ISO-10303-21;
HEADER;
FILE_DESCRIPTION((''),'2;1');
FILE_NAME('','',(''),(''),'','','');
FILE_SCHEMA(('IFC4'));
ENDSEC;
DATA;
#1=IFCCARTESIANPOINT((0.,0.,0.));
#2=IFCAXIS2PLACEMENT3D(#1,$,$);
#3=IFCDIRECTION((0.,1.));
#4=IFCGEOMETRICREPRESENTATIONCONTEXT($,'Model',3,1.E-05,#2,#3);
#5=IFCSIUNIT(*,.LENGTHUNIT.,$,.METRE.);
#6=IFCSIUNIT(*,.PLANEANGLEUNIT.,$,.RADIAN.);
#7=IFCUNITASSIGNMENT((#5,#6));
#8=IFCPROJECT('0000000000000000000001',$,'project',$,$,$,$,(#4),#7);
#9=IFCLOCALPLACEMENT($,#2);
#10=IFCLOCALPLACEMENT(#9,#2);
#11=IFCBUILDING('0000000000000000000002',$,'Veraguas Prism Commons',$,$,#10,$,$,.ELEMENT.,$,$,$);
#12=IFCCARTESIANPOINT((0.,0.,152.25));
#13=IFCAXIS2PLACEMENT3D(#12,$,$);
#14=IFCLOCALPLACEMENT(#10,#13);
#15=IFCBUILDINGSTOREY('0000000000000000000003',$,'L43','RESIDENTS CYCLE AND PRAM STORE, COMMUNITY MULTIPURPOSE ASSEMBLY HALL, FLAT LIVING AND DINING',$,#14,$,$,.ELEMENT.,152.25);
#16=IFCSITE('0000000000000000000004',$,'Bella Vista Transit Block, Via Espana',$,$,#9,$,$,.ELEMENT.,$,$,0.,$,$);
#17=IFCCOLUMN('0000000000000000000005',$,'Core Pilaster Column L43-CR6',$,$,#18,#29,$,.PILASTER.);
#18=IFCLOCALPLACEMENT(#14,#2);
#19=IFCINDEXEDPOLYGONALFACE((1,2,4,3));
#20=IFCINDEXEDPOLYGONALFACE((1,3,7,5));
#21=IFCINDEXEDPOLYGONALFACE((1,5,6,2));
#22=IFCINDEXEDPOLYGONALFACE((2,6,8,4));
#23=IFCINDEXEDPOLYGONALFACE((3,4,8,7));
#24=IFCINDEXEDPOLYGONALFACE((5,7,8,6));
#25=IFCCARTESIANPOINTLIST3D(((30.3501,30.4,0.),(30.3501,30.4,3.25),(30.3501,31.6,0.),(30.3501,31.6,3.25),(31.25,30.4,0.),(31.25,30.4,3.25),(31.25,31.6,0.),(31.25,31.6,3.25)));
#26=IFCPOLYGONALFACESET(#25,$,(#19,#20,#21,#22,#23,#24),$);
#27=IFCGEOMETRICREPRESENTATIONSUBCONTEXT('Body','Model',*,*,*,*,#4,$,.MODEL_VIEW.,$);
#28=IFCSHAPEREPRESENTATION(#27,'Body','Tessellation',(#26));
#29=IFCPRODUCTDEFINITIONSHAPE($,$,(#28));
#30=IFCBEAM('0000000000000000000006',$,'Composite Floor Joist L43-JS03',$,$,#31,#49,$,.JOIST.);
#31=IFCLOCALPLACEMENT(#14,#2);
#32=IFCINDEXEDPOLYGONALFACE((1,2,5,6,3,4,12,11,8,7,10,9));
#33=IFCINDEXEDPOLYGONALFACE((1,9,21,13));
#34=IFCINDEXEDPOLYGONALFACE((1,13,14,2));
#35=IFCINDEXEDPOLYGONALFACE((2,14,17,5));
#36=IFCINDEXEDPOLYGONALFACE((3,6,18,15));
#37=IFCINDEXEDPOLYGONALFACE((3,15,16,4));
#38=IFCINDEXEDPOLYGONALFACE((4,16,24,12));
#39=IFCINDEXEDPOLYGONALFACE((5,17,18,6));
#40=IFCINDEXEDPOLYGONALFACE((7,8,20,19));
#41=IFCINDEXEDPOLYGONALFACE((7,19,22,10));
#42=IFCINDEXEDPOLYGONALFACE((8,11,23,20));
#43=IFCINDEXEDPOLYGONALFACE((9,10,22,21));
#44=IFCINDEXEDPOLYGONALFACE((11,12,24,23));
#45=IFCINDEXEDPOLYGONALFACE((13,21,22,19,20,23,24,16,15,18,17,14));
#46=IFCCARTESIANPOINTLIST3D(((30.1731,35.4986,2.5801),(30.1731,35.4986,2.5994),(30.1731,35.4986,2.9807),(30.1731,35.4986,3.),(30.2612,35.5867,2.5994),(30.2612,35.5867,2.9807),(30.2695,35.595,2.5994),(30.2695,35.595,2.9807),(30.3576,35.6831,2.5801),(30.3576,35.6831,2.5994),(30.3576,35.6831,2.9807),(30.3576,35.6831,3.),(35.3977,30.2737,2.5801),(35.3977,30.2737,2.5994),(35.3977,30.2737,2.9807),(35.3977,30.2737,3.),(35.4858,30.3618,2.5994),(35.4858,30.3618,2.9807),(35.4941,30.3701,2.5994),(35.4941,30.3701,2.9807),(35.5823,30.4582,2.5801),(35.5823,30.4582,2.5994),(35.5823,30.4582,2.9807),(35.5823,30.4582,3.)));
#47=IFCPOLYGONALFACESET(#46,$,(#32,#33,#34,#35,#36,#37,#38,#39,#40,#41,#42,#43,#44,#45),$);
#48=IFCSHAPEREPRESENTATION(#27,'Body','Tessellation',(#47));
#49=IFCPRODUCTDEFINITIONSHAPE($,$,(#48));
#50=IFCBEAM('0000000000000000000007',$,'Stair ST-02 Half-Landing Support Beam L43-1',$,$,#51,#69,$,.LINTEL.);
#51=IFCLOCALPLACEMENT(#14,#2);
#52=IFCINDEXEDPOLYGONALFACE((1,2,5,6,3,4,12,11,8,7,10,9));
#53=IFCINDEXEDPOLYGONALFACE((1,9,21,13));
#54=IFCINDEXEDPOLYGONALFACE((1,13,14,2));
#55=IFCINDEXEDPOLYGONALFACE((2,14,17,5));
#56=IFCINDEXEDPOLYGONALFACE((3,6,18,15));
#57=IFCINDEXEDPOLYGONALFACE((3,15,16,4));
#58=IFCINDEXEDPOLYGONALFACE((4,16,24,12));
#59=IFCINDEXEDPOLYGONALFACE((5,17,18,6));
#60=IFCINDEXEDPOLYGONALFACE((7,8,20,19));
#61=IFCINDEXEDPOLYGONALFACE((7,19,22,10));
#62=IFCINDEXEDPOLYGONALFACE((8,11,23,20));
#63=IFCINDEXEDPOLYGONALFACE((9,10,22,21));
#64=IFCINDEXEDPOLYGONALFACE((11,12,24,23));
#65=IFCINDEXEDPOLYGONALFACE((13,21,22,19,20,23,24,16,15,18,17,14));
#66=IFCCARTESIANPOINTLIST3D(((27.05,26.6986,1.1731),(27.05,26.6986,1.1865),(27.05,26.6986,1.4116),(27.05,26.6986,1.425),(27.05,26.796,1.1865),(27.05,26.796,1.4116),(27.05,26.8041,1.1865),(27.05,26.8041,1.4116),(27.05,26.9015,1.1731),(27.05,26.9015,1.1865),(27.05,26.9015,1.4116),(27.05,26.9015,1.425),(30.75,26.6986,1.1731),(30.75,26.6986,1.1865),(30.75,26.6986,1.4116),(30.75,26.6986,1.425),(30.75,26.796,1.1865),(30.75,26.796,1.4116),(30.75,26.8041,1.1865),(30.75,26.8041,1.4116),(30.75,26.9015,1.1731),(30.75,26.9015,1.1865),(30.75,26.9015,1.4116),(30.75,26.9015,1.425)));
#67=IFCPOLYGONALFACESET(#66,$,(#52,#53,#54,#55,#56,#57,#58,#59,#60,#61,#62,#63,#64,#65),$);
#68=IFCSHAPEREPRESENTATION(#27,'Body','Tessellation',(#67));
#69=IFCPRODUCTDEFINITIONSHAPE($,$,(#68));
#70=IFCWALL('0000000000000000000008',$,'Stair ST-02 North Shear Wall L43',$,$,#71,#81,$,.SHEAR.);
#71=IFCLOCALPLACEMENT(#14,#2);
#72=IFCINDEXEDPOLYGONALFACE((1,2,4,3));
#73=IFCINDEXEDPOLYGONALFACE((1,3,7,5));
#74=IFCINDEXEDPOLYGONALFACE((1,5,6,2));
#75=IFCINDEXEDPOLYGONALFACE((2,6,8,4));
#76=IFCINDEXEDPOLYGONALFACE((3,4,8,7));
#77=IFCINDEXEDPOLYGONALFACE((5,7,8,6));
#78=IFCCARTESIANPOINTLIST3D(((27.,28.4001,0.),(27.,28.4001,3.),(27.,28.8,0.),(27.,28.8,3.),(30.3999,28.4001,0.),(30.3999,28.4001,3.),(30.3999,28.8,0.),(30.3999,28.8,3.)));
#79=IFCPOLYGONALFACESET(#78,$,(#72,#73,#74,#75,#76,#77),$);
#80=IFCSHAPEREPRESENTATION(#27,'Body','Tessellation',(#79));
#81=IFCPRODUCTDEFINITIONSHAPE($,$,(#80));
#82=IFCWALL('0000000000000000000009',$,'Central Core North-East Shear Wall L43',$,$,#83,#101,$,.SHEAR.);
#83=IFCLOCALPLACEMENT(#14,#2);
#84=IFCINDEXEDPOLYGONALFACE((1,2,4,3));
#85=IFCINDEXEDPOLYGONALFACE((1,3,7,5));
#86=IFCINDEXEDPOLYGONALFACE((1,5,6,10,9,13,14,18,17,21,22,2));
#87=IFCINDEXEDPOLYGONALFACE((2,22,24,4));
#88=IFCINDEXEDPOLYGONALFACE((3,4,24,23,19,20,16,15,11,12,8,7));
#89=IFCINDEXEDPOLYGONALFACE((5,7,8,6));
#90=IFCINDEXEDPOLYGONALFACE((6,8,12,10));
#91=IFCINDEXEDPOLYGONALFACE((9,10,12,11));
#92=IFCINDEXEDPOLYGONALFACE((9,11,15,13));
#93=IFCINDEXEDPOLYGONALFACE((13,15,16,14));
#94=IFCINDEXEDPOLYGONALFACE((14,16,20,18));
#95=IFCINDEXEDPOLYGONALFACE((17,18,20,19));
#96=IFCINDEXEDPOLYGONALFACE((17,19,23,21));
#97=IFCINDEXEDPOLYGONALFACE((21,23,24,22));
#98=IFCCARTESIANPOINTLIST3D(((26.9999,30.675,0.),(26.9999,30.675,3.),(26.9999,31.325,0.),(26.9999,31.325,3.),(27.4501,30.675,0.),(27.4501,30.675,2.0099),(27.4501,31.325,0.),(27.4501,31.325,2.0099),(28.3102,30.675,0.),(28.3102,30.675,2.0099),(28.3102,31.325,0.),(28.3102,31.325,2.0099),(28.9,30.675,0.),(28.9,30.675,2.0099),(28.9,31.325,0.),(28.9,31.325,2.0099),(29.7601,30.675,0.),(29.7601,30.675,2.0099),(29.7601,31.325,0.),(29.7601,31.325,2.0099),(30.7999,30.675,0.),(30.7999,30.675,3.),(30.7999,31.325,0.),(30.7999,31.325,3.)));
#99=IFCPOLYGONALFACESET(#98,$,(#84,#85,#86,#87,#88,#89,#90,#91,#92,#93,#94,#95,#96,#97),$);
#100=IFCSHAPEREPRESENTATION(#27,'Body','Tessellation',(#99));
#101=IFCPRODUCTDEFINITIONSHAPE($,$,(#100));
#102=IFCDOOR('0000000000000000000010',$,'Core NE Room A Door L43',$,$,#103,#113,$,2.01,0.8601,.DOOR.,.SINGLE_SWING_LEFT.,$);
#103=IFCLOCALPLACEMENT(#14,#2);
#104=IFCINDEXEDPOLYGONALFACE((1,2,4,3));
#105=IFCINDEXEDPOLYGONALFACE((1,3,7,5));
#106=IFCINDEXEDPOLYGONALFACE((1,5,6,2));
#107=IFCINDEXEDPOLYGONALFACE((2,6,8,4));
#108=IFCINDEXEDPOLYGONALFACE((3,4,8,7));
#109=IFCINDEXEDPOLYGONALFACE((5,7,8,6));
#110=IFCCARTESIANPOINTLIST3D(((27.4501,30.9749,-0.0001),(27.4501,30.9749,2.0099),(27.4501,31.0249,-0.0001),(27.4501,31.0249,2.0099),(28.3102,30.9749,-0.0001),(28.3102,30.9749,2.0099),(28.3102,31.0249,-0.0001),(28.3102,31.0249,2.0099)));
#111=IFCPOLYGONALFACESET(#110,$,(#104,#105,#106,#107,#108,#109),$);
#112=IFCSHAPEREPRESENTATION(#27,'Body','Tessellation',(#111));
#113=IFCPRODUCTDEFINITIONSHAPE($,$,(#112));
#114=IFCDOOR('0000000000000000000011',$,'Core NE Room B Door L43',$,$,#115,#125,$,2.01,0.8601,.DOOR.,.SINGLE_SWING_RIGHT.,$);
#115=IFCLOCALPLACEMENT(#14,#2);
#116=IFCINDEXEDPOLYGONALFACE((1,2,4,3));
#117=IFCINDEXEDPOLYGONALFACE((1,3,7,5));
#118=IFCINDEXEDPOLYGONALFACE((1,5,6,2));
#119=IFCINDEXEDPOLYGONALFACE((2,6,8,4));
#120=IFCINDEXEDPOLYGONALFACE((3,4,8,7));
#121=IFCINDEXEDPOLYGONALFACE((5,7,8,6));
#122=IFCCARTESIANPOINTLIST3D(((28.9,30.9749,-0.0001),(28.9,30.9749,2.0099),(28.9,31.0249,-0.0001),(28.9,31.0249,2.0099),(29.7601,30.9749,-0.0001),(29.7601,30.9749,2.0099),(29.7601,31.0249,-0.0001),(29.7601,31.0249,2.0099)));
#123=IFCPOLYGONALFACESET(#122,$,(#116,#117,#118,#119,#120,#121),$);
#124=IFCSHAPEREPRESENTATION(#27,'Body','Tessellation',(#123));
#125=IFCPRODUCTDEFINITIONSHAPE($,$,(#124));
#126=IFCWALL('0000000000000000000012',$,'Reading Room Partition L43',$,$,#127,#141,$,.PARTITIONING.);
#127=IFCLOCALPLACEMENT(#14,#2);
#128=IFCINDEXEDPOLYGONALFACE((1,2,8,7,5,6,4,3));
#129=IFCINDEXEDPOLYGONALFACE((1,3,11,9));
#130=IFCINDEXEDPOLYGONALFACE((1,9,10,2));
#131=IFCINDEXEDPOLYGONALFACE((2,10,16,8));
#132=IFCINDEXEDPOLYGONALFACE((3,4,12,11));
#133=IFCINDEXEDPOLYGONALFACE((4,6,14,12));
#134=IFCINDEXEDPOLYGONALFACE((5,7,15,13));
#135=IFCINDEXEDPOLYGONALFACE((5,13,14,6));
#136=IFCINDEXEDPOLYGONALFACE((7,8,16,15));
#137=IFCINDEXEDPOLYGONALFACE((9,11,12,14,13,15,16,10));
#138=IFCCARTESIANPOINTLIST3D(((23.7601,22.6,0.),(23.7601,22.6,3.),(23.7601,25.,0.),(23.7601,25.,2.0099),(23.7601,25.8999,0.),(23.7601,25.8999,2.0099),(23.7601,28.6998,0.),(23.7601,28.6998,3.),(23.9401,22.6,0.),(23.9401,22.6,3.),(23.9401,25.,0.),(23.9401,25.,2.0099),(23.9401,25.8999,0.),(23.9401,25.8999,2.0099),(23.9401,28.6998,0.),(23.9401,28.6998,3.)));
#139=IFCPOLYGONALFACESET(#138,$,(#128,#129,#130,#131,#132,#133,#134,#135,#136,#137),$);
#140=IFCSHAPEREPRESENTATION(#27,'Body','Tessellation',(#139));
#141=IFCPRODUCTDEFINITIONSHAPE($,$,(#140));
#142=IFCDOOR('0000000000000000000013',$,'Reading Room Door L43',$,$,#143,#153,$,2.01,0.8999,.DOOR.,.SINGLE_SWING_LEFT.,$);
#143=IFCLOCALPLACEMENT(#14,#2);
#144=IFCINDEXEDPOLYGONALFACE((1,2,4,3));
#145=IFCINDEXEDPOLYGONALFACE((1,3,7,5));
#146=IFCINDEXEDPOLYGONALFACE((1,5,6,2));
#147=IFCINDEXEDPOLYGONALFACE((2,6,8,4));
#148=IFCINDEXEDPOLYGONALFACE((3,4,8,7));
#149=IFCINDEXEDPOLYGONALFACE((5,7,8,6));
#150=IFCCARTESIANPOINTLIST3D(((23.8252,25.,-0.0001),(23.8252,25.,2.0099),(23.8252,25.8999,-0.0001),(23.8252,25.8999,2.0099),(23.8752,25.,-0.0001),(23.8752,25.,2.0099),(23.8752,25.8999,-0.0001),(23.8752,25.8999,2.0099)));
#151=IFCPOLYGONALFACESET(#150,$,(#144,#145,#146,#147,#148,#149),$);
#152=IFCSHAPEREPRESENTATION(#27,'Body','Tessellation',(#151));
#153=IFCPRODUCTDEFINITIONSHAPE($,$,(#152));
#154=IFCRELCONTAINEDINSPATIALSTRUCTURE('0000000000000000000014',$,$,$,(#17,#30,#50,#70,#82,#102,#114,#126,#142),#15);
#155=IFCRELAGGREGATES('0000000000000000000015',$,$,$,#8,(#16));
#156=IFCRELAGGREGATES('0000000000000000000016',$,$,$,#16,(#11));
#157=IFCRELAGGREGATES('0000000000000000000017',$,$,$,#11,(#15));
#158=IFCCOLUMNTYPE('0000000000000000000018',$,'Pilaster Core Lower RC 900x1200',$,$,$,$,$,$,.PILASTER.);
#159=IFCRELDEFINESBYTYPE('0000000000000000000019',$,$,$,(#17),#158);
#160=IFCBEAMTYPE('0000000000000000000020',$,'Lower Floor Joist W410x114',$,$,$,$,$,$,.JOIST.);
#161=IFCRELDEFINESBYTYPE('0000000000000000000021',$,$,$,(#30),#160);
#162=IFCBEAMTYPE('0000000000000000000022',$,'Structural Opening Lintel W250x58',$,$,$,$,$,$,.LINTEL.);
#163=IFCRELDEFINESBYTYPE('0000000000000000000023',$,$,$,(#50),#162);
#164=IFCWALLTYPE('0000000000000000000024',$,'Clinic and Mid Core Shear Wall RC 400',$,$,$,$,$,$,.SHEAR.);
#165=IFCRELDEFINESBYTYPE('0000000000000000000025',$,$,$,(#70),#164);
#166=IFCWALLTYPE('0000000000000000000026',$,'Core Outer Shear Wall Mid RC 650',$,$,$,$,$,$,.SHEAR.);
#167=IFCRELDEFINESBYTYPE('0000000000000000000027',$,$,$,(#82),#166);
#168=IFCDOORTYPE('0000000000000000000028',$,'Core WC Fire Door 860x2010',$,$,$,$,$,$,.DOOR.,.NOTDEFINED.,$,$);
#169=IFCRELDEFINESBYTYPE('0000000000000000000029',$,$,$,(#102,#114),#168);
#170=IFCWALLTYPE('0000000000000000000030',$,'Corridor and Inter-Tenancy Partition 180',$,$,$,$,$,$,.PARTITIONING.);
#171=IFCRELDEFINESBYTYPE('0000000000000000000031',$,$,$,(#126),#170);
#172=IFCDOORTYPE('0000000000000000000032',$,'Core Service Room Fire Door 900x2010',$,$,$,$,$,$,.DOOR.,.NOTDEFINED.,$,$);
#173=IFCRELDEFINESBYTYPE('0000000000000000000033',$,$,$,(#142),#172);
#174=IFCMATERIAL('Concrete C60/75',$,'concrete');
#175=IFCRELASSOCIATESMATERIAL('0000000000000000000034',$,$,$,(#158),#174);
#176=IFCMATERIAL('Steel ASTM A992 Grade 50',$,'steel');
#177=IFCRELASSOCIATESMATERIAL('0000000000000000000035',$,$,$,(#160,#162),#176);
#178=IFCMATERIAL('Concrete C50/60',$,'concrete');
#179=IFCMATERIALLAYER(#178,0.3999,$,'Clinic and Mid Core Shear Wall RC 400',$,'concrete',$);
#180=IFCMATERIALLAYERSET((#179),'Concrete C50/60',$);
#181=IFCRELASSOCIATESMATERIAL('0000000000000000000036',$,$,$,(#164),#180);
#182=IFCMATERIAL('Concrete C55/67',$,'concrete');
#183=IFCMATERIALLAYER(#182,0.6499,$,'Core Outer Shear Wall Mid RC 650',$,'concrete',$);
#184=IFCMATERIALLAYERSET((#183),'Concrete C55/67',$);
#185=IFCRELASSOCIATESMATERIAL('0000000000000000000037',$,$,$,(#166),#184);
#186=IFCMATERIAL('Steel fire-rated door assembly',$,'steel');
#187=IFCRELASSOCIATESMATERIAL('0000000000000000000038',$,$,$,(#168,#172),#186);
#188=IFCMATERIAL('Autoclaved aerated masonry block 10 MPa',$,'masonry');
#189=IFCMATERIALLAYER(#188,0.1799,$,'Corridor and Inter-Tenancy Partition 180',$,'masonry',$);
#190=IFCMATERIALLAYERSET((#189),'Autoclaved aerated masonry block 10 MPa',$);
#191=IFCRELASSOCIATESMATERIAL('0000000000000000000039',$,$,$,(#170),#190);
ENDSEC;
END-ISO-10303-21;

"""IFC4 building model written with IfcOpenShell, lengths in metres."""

from ifc_helpers import new_model, si_unit, direction, frame, frame_2d, origin, origin_2d, place, context, subcontext, project, spatial, rectangle, i_section, extrude, source, transform, mapped, material, layer, layer_set, material_profile, profile_set, type_object, element, fill, save


model = new_model("IFC4")

# Units and contexts
model_context = context("Model", 3, precision=1e-05, world=origin(), true_north=direction((0.0, 1.0)))
body_context = subcontext(model_context, "Body", "Model", "MODEL_VIEW")
ifc_project = project(units=[si_unit("LENGTHUNIT", "METRE"), si_unit("PLANEANGLEUNIT", "RADIAN")], contexts=[model_context])

# Site, building, storey
site_placement = place(None, origin())
site = spatial("IfcSite", under=ifc_project, at=site_placement, Name="Bella Vista Transit Block, Via Espana", CompositionType="ELEMENT", RefElevation=0.0)
building_placement = place(site_placement, origin())
building = spatial("IfcBuilding", under=site, at=building_placement, Name="Veraguas Prism Commons", CompositionType="ELEMENT")
storey_placement = place(building_placement, frame((0.0, 0.0, 152.25)))
storey = spatial("IfcBuildingStorey", under=building, at=storey_placement, Name="L43", Description="RESIDENTS CYCLE AND PRAM STORE, COMMUNITY MULTIPURPOSE ASSEMBLY HALL, FLAT LIVING AND DINING", CompositionType="ELEMENT", Elevation=152.25)

# Column
ifc_material_1 = material(Name="Concrete C60/75", Category="concrete")
ifc_material_profile_1 = material_profile(ifc_material_1, rectangle(XDim=0.8999, YDim=1.2, at=origin_2d()), Name="RC900X1200")
ifc_profile_set_1 = profile_set([ifc_material_profile_1], Name="Concrete C60/75")
column_type = type_object("IfcColumnType", Name="Pilaster Core Lower RC 900x1200", PredefinedType="PILASTER", material=ifc_profile_set_1)
column_placement = place(storey_placement, frame((30.8, 31.0, 0.0), z_axis=(0.0, 0.0, 1.0), x_axis=(1.0, 0.0, 0.0)))
element("IfcColumn", 1, at=column_placement, inside=storey, type_object=column_type, Name="Core Pilaster Column L43-CR6", PredefinedType="PILASTER", context=body_context, shape_type="SweptSolid", body=[
    extrude(rectangle(XDim=0.8999, YDim=1.2, at=origin_2d()), origin(), (0.0, 0.0, 1.0), 3.25),
])

# Beams
ifc_material_2 = material(Name="Steel ASTM A992 Grade 50", Category="steel")
ifc_material_profile_2 = material_profile(ifc_material_2, i_section(OverallWidth=0.261, OverallDepth=0.4199, WebThickness=0.0117, FlangeThickness=0.0193, at=origin_2d()), Name="W410X114")
ifc_profile_set_2 = profile_set([ifc_material_profile_2], Name="Steel ASTM A992 Grade 50")
beam_type_1 = type_object("IfcBeamType", Name="Lower Floor Joist W410x114", PredefinedType="JOIST", material=ifc_profile_set_2)
beam_1_placement = place(storey_placement, frame((35.49, 30.366, 2.79), z_axis=(-0.70709, 0.707123, 0.0), x_axis=(-0.707123, -0.70709, 0.0)))
element("IfcBeam", 2, at=beam_1_placement, inside=storey, type_object=beam_type_1, Name="Composite Floor Joist L43-JS03", PredefinedType="JOIST", context=body_context, shape_type="SweptSolid", body=[
    extrude(i_section(OverallWidth=0.261, OverallDepth=0.4199, WebThickness=0.0117, FlangeThickness=0.0193, at=origin_2d()), origin(), (0.0, 0.0, 1.0), 7.3889),
])
ifc_material_profile_3 = material_profile(ifc_material_2, i_section(OverallWidth=0.2029, OverallDepth=0.252, WebThickness=0.0081, FlangeThickness=0.0134, at=origin_2d()), Name="W250X58")
ifc_profile_set_3 = profile_set([ifc_material_profile_3], Name="Steel ASTM A992 Grade 50")
beam_type_2 = type_object("IfcBeamType", Name="Structural Opening Lintel W250x58", PredefinedType="LINTEL", material=ifc_profile_set_3)
beam_2_placement = place(storey_placement, frame((27.05, 26.8, 1.2991), z_axis=(1.0, 0.0, 0.0), x_axis=(0.0, 1.0, 0.0)))
element("IfcBeam", 3, at=beam_2_placement, inside=storey, type_object=beam_type_2, Name="Stair ST-02 Half-Landing Support Beam L43-1", PredefinedType="LINTEL", context=body_context, shape_type="SweptSolid", body=[
    extrude(i_section(OverallWidth=0.2029, OverallDepth=0.252, WebThickness=0.0081, FlangeThickness=0.0134, at=origin_2d()), origin(), (0.0, 0.0, 1.0), 3.7),
])

# Wall
ifc_material_3 = material(Name="Concrete C50/60", Category="concrete")
ifc_layer_1 = layer(ifc_material_3, 0.3999, Name="Clinic and Mid Core Shear Wall RC 400", Category="concrete")
ifc_layer_set_1 = layer_set([ifc_layer_1], Name="Concrete C50/60")
wall_type_1 = type_object("IfcWallType", Name="Clinic and Mid Core Shear Wall RC 400", PredefinedType="SHEAR", material=ifc_layer_set_1)
wall_1_placement = place(storey_placement, frame((27.0, 28.6001, 0.0), z_axis=(0.0, 0.0, 1.0), x_axis=(1.0, 0.0, 0.0)))
element("IfcWall", 4, at=wall_1_placement, inside=storey, type_object=wall_type_1, Name="Stair ST-02 North Shear Wall L43", PredefinedType="SHEAR", context=body_context, shape_type="SweptSolid", body=[
    extrude(rectangle(XDim=3.3999, YDim=0.3999, at=frame_2d((1.7, 0.0))), origin(), (0.0, 0.0, 1.0), 3.0),
])

# Wall, openings, doors
ifc_material_4 = material(Name="Concrete C55/67", Category="concrete")
ifc_layer_2 = layer(ifc_material_4, 0.6499, Name="Core Outer Shear Wall Mid RC 650", Category="concrete")
ifc_layer_set_2 = layer_set([ifc_layer_2], Name="Concrete C55/67")
wall_type_2 = type_object("IfcWallType", Name="Core Outer Shear Wall Mid RC 650", PredefinedType="SHEAR", material=ifc_layer_set_2)
wall_2_placement = place(storey_placement, frame((27.0, 31.0, 0.0), z_axis=(0.0, 0.0, 1.0), x_axis=(1.0, 0.0, 0.0)))
wall_2 = element("IfcWall", 5, at=wall_2_placement, inside=storey, type_object=wall_type_2, Name="Central Core North-East Shear Wall L43", PredefinedType="SHEAR", context=body_context, shape_type="SweptSolid", body=[
    extrude(rectangle(XDim=3.8, YDim=0.6499, at=frame_2d((1.8999, 0.0))), origin(), (0.0, 0.0, 1.0), 3.0),
])
opening_1_placement = place(wall_2_placement, frame((0.45, 0.0, 0.0)))
opening_1 = element("IfcOpeningElement", 6, at=opening_1_placement, cuts=wall_2, PredefinedType="OPENING", context=body_context, shape_type="SweptSolid", body=[
    extrude(rectangle(XDim=0.8601, YDim=2.01, at=frame_2d((0.4302, 1.0049))), frame((0.0, 0.335, 0.0), z_axis=(0.0, -1.0, 0.0), x_axis=(1.0, 0.0, 0.0)), (0.0, 0.0, 1.0), 0.6699),
])
opening_2_placement = place(wall_2_placement, frame((1.8999, 0.0, 0.0)))
opening_2 = element("IfcOpeningElement", 7, at=opening_2_placement, cuts=wall_2, PredefinedType="OPENING", context=body_context, shape_type="SweptSolid", body=[
    extrude(rectangle(XDim=0.8601, YDim=2.01, at=frame_2d((0.4302, 1.0049))), frame((0.0, 0.335, 0.0), z_axis=(0.0, -1.0, 0.0), x_axis=(1.0, 0.0, 0.0)), (0.0, 0.0, 1.0), 0.6699),
])
ifc_material_5 = material(Name="Steel fire-rated door assembly", Category="steel")
door_type_1 = type_object("IfcDoorType", Name="Core WC Fire Door 860x2010", OperationType="NOTDEFINED", PredefinedType="DOOR", material=ifc_material_5)
shared_shape_1 = source(origin(), body_context, "Body", "SweptSolid", [
    extrude(rectangle(XDim=0.8601, YDim=2.01, at=frame_2d((0.4302, 1.0049))), frame((0.0, 0.0249, 0.0), z_axis=(0.0, -1.0, 0.0), x_axis=(1.0, 0.0, 0.0)), (0.0, 0.0, 1.0), 0.05),
])
door_1_placement = place(opening_1_placement, origin())
door_1 = element("IfcDoor", 8, at=door_1_placement, inside=storey, type_object=door_type_1, Name="Core NE Room A Door L43", OperationType="SINGLE_SWING_LEFT", OverallHeight=2.01, OverallWidth=0.8601, PredefinedType="DOOR", context=body_context, shape_type="MappedRepresentation", body=[
    mapped(shared_shape_1, transform((0.0, 0.0, 0.0), scale=1.0)),
])
fill(opening_1, door_1)
door_2_placement = place(opening_2_placement, origin())
door_2 = element("IfcDoor", 9, at=door_2_placement, inside=storey, type_object=door_type_1, Name="Core NE Room B Door L43", OperationType="SINGLE_SWING_RIGHT", OverallHeight=2.01, OverallWidth=0.8601, PredefinedType="DOOR", context=body_context, shape_type="MappedRepresentation", body=[
    mapped(shared_shape_1, transform((0.0, 0.0, 0.0), scale=1.0)),
])
fill(opening_2, door_2)

# Wall, opening, door
ifc_material_6 = material(Name="Autoclaved aerated masonry block 10 MPa", Category="masonry")
ifc_layer_3 = layer(ifc_material_6, 0.1799, Name="Corridor and Inter-Tenancy Partition 180", Category="masonry")
ifc_layer_set_3 = layer_set([ifc_layer_3], Name="Autoclaved aerated masonry block 10 MPa")
wall_type_3 = type_object("IfcWallType", Name="Corridor and Inter-Tenancy Partition 180", PredefinedType="PARTITIONING", material=ifc_layer_set_3)
wall_3_placement = place(storey_placement, frame((23.8501, 22.6001, 0.0), z_axis=(0.0, 0.0, 1.0), x_axis=(0.0, 1.0, 0.0)))
wall_3 = element("IfcWall", 10, at=wall_3_placement, inside=storey, type_object=wall_type_3, Name="Reading Room Partition L43", PredefinedType="PARTITIONING", context=body_context, shape_type="SweptSolid", body=[
    extrude(rectangle(XDim=6.0999, YDim=0.1799, at=frame_2d((3.0498, 0.0))), origin(), (0.0, 0.0, 1.0), 3.0),
])
opening_3_placement = place(wall_3_placement, frame((2.3999, 0.0, 0.0)))
opening_3 = element("IfcOpeningElement", 11, at=opening_3_placement, cuts=wall_3, PredefinedType="OPENING", context=body_context, shape_type="SweptSolid", body=[
    extrude(rectangle(XDim=0.8999, YDim=2.01, at=frame_2d((0.45, 1.0049))), frame((0.0, 0.0999, 0.0), z_axis=(0.0, -1.0, 0.0), x_axis=(1.0, 0.0, 0.0)), (0.0, 0.0, 1.0), 0.2),
])
door_type_2 = type_object("IfcDoorType", Name="Core Service Room Fire Door 900x2010", OperationType="NOTDEFINED", PredefinedType="DOOR", material=ifc_material_5)
shared_shape_2 = source(origin(), body_context, "Body", "SweptSolid", [
    extrude(rectangle(XDim=0.8999, YDim=2.01, at=frame_2d((0.45, 1.0049))), frame((0.0, 0.0249, 0.0), z_axis=(0.0, -1.0, 0.0), x_axis=(1.0, 0.0, 0.0)), (0.0, 0.0, 1.0), 0.05),
])
door_3_placement = place(opening_3_placement, origin())
door_3 = element("IfcDoor", 12, at=door_3_placement, inside=storey, type_object=door_type_2, Name="Reading Room Door L43", OperationType="SINGLE_SWING_LEFT", OverallHeight=2.01, OverallWidth=0.8999, PredefinedType="DOOR", context=body_context, shape_type="MappedRepresentation", body=[
    mapped(shared_shape_2, transform((0.0, 0.0, 0.0), scale=1.0)),
])
fill(opening_3, door_3)

save(model, "model.ifc")
